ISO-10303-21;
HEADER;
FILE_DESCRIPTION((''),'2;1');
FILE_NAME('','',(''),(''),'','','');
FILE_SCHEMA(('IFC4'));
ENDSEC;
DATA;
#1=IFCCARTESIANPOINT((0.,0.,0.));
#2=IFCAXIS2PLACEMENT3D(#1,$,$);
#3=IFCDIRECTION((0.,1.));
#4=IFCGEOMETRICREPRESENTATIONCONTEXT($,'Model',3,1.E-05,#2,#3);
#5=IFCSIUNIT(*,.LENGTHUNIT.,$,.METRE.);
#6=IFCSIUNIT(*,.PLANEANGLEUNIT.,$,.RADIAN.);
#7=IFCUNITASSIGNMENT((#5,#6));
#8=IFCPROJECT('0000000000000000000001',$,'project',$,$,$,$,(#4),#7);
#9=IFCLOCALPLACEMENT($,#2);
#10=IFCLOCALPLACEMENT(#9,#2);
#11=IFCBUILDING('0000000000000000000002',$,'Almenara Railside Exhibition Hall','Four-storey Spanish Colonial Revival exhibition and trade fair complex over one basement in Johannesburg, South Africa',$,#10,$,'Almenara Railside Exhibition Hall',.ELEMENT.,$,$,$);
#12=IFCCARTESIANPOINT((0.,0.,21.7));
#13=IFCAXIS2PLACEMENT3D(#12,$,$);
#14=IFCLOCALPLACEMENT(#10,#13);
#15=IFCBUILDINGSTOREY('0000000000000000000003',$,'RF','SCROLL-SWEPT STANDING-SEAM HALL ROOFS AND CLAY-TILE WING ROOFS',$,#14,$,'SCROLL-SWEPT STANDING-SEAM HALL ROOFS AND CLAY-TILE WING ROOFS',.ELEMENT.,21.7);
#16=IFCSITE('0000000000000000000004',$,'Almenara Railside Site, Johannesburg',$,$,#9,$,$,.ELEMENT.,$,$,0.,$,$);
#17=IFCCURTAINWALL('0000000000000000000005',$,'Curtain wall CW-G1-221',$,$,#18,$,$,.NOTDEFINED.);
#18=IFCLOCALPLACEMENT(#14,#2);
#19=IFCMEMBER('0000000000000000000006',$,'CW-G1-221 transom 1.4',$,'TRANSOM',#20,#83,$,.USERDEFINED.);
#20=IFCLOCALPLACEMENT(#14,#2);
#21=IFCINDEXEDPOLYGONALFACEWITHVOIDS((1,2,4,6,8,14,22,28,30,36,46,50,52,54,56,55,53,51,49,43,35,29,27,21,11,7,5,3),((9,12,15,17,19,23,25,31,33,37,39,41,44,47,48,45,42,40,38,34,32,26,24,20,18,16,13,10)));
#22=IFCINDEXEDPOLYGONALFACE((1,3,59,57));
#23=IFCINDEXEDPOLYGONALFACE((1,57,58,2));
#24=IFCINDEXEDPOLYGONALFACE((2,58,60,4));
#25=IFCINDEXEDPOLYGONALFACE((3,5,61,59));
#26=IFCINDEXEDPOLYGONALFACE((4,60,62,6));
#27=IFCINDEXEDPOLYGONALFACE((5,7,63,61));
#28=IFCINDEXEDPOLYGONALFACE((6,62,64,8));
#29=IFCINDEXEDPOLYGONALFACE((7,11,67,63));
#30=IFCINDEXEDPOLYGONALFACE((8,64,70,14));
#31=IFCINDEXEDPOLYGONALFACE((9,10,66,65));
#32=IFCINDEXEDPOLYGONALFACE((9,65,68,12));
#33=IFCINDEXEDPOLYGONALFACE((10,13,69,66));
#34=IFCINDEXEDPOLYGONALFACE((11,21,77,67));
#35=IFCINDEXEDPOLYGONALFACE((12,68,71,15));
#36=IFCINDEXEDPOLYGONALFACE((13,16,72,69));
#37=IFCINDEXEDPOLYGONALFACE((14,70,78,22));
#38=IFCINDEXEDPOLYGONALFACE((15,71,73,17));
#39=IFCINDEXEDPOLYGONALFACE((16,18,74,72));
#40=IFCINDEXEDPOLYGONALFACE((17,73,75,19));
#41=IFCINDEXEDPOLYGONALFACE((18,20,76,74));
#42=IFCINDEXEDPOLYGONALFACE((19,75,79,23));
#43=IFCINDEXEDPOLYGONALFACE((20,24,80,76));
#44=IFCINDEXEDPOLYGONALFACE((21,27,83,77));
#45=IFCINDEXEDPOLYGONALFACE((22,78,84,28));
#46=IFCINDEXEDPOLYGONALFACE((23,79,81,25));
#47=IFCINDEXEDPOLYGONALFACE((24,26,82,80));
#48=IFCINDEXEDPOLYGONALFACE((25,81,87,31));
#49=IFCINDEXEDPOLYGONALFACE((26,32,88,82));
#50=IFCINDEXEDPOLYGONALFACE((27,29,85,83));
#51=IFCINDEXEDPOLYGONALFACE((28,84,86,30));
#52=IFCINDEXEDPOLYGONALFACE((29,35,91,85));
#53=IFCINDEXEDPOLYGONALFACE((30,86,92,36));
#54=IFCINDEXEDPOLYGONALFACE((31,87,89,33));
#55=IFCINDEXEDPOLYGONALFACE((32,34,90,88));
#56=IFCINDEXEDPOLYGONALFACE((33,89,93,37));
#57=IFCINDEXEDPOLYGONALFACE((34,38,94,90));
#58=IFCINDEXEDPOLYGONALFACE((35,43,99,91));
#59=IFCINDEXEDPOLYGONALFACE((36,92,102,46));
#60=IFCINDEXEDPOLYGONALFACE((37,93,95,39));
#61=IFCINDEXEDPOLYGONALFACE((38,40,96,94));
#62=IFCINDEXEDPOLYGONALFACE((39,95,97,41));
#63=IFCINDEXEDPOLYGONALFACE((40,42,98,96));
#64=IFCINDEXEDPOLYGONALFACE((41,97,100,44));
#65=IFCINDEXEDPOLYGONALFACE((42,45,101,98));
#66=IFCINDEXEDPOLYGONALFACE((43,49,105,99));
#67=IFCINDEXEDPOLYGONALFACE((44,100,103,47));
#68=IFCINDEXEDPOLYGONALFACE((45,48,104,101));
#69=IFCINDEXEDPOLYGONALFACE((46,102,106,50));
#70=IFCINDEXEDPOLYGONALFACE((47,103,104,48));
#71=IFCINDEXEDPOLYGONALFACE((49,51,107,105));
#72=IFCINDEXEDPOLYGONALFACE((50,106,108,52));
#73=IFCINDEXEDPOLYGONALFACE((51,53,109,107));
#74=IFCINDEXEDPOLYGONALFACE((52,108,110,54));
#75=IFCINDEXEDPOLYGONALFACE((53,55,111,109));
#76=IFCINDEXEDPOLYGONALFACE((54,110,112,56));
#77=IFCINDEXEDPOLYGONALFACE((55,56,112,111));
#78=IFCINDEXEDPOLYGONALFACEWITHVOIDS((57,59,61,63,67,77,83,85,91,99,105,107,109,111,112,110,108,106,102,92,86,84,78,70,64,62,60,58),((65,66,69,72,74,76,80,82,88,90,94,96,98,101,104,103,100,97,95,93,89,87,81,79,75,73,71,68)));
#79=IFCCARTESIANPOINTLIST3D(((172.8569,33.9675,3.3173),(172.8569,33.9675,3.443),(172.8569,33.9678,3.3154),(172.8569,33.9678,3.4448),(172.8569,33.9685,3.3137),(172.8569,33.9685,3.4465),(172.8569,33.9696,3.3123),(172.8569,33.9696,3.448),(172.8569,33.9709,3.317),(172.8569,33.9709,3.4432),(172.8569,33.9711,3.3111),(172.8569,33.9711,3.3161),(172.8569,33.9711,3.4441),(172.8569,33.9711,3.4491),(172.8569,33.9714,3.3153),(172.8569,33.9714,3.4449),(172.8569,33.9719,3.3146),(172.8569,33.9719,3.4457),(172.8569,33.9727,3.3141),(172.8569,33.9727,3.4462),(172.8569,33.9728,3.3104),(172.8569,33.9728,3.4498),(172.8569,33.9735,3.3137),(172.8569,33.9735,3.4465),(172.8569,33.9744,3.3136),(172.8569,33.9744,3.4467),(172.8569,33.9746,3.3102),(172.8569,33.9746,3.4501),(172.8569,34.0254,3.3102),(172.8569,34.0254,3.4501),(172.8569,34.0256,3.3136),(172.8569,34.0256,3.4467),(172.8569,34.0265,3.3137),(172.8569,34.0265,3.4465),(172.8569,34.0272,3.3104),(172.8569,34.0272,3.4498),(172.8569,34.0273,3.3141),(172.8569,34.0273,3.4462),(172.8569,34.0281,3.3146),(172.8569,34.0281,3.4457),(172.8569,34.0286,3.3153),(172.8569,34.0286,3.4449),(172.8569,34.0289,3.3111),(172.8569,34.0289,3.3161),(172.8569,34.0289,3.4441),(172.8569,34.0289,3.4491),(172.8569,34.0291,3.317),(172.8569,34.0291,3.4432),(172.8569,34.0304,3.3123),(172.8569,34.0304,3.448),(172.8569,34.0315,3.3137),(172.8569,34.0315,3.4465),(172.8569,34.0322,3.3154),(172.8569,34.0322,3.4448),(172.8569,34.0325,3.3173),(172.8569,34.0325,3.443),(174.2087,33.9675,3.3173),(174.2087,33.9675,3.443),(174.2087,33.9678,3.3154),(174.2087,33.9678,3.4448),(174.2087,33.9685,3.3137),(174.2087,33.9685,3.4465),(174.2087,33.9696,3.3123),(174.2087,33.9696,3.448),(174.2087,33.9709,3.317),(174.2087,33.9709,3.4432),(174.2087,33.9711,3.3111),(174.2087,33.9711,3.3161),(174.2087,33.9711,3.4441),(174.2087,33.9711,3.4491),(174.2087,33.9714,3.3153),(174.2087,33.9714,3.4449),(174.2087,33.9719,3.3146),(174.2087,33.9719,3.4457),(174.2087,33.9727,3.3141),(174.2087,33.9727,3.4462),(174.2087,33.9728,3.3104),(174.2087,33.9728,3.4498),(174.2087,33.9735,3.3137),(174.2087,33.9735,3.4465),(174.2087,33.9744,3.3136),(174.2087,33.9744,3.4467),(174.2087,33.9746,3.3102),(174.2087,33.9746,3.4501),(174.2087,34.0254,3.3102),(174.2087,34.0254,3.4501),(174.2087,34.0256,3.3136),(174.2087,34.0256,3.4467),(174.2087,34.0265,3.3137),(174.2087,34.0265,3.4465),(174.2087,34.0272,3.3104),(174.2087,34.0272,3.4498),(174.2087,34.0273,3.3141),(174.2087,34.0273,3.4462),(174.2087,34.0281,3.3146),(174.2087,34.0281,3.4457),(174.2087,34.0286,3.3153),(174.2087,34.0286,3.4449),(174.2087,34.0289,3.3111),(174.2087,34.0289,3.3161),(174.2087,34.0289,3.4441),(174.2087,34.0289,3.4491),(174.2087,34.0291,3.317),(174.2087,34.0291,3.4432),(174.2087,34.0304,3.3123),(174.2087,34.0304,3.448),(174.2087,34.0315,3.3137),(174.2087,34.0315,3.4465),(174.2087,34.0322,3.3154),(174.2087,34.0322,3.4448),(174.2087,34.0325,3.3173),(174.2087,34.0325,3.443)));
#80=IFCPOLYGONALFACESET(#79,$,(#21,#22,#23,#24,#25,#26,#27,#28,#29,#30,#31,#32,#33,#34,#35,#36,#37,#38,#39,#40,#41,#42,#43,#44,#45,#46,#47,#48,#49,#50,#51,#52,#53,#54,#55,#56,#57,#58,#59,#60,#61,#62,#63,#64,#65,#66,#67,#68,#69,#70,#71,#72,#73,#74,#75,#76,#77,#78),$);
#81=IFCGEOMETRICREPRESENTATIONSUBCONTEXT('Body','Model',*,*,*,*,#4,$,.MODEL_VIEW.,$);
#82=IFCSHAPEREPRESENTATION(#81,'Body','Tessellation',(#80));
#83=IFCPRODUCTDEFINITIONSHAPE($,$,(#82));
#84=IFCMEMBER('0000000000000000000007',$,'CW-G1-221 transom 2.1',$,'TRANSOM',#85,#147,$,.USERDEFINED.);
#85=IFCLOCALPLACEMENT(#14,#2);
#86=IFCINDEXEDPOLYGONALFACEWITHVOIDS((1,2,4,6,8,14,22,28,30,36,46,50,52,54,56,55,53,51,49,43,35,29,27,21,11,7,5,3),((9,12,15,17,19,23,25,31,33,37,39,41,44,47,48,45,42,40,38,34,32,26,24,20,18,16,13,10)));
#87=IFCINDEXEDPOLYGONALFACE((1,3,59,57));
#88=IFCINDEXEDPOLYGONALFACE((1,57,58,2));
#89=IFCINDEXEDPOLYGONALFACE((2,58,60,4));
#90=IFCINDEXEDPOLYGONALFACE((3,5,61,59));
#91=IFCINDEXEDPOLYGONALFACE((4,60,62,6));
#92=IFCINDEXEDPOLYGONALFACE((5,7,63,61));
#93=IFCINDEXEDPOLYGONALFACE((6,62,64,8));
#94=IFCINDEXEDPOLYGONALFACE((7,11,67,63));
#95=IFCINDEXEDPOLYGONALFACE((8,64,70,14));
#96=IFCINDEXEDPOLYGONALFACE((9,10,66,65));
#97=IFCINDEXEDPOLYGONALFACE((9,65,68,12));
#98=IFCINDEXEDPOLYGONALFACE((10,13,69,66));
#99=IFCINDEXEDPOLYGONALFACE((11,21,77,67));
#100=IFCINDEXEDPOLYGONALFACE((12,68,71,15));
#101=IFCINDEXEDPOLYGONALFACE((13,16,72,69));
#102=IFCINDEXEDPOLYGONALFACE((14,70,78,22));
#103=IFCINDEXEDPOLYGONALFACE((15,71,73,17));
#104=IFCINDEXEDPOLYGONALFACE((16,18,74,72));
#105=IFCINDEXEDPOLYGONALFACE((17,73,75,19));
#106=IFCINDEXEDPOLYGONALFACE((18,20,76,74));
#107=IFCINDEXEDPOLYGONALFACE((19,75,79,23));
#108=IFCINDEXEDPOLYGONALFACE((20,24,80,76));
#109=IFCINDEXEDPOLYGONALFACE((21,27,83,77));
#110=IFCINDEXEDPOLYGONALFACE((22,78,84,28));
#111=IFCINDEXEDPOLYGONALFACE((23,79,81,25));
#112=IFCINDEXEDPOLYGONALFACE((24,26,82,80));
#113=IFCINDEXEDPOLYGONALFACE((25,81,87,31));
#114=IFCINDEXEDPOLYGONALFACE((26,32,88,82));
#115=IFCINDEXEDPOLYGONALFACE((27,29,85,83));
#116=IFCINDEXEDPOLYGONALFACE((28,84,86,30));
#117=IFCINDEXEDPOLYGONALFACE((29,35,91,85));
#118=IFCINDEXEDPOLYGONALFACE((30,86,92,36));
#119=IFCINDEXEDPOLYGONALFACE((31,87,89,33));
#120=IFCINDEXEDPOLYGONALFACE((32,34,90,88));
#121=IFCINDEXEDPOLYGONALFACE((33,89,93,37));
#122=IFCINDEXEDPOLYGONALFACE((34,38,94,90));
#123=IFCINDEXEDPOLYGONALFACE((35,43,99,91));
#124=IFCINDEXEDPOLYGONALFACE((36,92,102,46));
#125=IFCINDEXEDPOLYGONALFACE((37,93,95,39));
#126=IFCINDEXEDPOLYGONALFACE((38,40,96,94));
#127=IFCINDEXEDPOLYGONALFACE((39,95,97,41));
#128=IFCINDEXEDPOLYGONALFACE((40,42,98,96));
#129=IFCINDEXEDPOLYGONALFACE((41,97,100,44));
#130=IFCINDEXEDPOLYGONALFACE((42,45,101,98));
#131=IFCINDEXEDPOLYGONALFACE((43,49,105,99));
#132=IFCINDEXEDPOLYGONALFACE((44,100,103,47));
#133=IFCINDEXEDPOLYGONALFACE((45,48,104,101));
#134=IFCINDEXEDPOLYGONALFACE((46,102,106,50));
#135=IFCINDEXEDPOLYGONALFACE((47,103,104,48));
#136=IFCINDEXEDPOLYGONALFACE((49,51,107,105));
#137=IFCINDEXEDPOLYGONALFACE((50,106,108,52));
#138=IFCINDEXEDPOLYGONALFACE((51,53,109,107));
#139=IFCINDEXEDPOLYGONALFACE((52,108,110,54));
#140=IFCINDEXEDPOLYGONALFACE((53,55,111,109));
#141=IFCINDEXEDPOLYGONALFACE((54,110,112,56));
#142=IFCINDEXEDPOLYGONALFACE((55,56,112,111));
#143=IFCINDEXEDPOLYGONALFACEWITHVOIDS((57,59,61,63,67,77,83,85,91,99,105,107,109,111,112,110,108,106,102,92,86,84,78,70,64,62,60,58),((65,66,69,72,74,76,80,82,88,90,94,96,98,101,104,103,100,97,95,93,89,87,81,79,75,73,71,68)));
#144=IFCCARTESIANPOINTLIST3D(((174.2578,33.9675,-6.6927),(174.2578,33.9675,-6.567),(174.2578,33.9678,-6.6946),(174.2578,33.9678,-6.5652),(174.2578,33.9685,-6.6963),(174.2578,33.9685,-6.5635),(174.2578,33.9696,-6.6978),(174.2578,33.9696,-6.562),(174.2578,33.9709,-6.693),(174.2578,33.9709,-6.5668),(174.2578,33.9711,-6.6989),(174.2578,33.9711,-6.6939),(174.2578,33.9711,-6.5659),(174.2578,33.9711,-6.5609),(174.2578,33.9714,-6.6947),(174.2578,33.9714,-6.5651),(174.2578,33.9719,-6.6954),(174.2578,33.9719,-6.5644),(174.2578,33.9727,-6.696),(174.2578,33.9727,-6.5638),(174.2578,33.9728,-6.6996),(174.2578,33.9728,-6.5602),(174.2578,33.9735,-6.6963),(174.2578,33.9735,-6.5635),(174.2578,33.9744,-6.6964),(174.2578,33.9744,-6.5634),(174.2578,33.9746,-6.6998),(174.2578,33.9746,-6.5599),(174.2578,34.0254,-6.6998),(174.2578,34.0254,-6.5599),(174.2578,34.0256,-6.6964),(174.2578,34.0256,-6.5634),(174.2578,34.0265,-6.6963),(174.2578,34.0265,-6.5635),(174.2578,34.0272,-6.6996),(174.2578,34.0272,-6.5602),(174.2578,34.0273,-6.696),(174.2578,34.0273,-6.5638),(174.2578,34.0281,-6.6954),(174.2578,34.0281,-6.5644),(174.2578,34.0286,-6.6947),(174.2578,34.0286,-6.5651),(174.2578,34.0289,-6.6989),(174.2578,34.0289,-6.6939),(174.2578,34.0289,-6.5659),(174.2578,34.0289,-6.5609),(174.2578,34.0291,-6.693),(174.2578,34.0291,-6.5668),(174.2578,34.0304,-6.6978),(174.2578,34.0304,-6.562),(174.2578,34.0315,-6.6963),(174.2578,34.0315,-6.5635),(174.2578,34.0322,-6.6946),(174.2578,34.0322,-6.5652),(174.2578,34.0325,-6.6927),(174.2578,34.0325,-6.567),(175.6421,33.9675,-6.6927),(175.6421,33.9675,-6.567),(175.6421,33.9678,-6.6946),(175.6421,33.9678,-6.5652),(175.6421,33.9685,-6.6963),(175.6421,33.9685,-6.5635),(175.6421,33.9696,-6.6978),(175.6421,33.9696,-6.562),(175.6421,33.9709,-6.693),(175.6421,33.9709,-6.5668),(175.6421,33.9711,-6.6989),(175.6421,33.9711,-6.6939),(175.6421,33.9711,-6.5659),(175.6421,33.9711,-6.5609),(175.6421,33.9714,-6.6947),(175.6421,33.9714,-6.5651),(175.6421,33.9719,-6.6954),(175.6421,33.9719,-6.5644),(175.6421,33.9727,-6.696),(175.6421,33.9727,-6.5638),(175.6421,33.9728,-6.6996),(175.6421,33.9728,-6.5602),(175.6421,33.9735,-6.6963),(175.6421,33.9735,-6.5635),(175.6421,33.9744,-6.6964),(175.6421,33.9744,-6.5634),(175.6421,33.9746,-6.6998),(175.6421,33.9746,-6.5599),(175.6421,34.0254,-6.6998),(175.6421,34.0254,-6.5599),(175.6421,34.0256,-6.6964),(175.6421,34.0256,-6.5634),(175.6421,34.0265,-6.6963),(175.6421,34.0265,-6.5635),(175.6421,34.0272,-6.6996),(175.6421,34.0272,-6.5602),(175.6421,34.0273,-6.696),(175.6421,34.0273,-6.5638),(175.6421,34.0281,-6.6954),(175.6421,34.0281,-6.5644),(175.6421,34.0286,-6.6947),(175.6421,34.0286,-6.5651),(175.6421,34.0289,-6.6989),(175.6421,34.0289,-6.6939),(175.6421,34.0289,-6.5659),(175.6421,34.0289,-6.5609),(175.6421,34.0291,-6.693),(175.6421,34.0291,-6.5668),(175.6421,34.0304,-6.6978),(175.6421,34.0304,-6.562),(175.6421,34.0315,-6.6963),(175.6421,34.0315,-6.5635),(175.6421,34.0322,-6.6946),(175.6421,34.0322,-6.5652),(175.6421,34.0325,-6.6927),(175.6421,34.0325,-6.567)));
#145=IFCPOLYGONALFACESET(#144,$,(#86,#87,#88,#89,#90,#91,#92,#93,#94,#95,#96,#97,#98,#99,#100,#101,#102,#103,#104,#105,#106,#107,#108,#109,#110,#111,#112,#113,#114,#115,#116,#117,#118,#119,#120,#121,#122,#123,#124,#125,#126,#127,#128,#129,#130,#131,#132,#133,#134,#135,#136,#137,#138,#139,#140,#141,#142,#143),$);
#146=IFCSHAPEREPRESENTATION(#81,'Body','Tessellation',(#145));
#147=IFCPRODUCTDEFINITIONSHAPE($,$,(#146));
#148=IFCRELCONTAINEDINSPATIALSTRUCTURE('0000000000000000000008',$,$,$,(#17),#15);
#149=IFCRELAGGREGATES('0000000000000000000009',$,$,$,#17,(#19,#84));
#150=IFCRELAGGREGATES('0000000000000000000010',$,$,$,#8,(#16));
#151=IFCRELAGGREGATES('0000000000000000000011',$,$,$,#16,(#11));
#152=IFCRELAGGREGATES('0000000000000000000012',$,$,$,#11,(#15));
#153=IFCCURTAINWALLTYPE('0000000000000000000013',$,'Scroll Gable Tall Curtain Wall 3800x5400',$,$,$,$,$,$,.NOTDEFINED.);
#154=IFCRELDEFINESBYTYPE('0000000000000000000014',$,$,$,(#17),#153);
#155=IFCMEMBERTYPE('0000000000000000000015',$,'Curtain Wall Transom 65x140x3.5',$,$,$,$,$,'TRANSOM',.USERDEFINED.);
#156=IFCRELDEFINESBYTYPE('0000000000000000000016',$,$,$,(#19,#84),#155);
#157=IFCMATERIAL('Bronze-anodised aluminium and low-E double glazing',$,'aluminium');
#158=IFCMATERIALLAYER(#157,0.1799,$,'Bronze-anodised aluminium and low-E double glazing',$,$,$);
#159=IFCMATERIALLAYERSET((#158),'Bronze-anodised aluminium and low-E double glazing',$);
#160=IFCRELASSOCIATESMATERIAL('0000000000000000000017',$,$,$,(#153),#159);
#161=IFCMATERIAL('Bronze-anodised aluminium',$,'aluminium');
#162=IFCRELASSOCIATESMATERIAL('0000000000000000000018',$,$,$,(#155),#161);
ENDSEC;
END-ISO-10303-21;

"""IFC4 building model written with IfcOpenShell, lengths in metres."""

from ifc_helpers import new_model, si_unit, direction, frame, origin, origin_2d, place, context, subcontext, project, spatial, hollow_rectangle, extrude, material, layer, layer_set, material_profile, profile_set, type_object, element, aggregate, save


model = new_model("IFC4")

# Units and contexts
model_context = context("Model", 3, precision=1e-05, world=origin(), true_north=direction((0.0, 1.0)))
body_context = subcontext(model_context, "Body", "Model", "MODEL_VIEW")
ifc_project = project(units=[si_unit("LENGTHUNIT", "METRE"), si_unit("PLANEANGLEUNIT", "RADIAN")], contexts=[model_context])

# Site, building, storey
site_placement = place(None, origin())
site = spatial("IfcSite", under=ifc_project, at=site_placement, Name="Almenara Railside Site, Johannesburg", CompositionType="ELEMENT", RefElevation=0.0)
building_placement = place(site_placement, origin())
building = spatial("IfcBuilding", under=site, at=building_placement, Name="Almenara Railside Exhibition Hall", Description="Four-storey Spanish Colonial Revival exhibition and trade fair complex over one basement in Johannesburg, South Africa", LongName="Almenara Railside Exhibition Hall", CompositionType="ELEMENT")
storey_placement = place(building_placement, frame((0.0, 0.0, 21.7)))
storey = spatial("IfcBuildingStorey", under=building, at=storey_placement, Name="RF", Description="SCROLL-SWEPT STANDING-SEAM HALL ROOFS AND CLAY-TILE WING ROOFS", LongName="SCROLL-SWEPT STANDING-SEAM HALL ROOFS AND CLAY-TILE WING ROOFS", CompositionType="ELEMENT", Elevation=21.7)

# Curtain wall
ifc_material_1 = material(Name="Bronze-anodised aluminium and low-E double glazing", Category="aluminium")
ifc_layer_1 = layer(ifc_material_1, 0.1799, Name="Bronze-anodised aluminium and low-E double glazing")
ifc_layer_set_1 = layer_set([ifc_layer_1], Name="Bronze-anodised aluminium and low-E double glazing")
curtain_wall_type = type_object("IfcCurtainWallType", Name="Scroll Gable Tall Curtain Wall 3800x5400", PredefinedType="NOTDEFINED", material=ifc_layer_set_1)
curtain_wall_1_placement = place(storey_placement, origin())
curtain_wall_1 = element("IfcCurtainWall", 1, at=curtain_wall_1_placement, inside=storey, type_object=curtain_wall_type, Name="Curtain wall CW-G1-221", PredefinedType="NOTDEFINED")
ifc_material_2 = material(Name="Bronze-anodised aluminium", Category="aluminium")

# Members
ifc_material_profile_1 = material_profile(ifc_material_2, hollow_rectangle(XDim=0.0649, YDim=0.1399, WallThickness=0.0034, InnerFilletRadius=0.0034, OuterFilletRadius=0.0071, at=origin_2d()), Name="ALU-TRN 65x140x3.5")
ifc_profile_set_1 = profile_set([ifc_material_profile_1], Name="Bronze-anodised aluminium")
member_type_1 = type_object("IfcMemberType", Name="Curtain Wall Transom 65x140x3.5", ElementType="TRANSOM", PredefinedType="USERDEFINED", material=ifc_profile_set_1)
member_1_placement = place(storey_placement, frame((172.8569, 34.0, 3.3801), z_axis=(1.0, 0.0, 0.0), x_axis=(0.0, 1.0, 0.0)))
member_1 = element("IfcMember", 2, at=member_1_placement, type_object=member_type_1, Name="CW-G1-221 transom 1.4", ObjectType="TRANSOM", PredefinedType="USERDEFINED", context=body_context, shape_type="SweptSolid", body=[
    extrude(hollow_rectangle(XDim=0.0649, YDim=0.1399, WallThickness=0.0034, InnerFilletRadius=0.0034, OuterFilletRadius=0.0071, at=origin_2d()), origin(), (0.0, 0.0, 1.0), 1.3518),
])
member_2_placement = place(storey_placement, frame((174.2578, 34.0, -6.6299), z_axis=(1.0, 0.0, 0.0), x_axis=(0.0, 1.0, 0.0)))
member_2 = element("IfcMember", 3, at=member_2_placement, type_object=member_type_1, Name="CW-G1-221 transom 2.1", ObjectType="TRANSOM", PredefinedType="USERDEFINED", context=body_context, shape_type="SweptSolid", body=[
    extrude(hollow_rectangle(XDim=0.0649, YDim=0.1399, WallThickness=0.0034, InnerFilletRadius=0.0034, OuterFilletRadius=0.0071, at=origin_2d()), origin(), (0.0, 0.0, 1.0), 1.3843),
])

aggregate(curtain_wall_1, [member_1, member_2])

save(model, "model.ifc")
